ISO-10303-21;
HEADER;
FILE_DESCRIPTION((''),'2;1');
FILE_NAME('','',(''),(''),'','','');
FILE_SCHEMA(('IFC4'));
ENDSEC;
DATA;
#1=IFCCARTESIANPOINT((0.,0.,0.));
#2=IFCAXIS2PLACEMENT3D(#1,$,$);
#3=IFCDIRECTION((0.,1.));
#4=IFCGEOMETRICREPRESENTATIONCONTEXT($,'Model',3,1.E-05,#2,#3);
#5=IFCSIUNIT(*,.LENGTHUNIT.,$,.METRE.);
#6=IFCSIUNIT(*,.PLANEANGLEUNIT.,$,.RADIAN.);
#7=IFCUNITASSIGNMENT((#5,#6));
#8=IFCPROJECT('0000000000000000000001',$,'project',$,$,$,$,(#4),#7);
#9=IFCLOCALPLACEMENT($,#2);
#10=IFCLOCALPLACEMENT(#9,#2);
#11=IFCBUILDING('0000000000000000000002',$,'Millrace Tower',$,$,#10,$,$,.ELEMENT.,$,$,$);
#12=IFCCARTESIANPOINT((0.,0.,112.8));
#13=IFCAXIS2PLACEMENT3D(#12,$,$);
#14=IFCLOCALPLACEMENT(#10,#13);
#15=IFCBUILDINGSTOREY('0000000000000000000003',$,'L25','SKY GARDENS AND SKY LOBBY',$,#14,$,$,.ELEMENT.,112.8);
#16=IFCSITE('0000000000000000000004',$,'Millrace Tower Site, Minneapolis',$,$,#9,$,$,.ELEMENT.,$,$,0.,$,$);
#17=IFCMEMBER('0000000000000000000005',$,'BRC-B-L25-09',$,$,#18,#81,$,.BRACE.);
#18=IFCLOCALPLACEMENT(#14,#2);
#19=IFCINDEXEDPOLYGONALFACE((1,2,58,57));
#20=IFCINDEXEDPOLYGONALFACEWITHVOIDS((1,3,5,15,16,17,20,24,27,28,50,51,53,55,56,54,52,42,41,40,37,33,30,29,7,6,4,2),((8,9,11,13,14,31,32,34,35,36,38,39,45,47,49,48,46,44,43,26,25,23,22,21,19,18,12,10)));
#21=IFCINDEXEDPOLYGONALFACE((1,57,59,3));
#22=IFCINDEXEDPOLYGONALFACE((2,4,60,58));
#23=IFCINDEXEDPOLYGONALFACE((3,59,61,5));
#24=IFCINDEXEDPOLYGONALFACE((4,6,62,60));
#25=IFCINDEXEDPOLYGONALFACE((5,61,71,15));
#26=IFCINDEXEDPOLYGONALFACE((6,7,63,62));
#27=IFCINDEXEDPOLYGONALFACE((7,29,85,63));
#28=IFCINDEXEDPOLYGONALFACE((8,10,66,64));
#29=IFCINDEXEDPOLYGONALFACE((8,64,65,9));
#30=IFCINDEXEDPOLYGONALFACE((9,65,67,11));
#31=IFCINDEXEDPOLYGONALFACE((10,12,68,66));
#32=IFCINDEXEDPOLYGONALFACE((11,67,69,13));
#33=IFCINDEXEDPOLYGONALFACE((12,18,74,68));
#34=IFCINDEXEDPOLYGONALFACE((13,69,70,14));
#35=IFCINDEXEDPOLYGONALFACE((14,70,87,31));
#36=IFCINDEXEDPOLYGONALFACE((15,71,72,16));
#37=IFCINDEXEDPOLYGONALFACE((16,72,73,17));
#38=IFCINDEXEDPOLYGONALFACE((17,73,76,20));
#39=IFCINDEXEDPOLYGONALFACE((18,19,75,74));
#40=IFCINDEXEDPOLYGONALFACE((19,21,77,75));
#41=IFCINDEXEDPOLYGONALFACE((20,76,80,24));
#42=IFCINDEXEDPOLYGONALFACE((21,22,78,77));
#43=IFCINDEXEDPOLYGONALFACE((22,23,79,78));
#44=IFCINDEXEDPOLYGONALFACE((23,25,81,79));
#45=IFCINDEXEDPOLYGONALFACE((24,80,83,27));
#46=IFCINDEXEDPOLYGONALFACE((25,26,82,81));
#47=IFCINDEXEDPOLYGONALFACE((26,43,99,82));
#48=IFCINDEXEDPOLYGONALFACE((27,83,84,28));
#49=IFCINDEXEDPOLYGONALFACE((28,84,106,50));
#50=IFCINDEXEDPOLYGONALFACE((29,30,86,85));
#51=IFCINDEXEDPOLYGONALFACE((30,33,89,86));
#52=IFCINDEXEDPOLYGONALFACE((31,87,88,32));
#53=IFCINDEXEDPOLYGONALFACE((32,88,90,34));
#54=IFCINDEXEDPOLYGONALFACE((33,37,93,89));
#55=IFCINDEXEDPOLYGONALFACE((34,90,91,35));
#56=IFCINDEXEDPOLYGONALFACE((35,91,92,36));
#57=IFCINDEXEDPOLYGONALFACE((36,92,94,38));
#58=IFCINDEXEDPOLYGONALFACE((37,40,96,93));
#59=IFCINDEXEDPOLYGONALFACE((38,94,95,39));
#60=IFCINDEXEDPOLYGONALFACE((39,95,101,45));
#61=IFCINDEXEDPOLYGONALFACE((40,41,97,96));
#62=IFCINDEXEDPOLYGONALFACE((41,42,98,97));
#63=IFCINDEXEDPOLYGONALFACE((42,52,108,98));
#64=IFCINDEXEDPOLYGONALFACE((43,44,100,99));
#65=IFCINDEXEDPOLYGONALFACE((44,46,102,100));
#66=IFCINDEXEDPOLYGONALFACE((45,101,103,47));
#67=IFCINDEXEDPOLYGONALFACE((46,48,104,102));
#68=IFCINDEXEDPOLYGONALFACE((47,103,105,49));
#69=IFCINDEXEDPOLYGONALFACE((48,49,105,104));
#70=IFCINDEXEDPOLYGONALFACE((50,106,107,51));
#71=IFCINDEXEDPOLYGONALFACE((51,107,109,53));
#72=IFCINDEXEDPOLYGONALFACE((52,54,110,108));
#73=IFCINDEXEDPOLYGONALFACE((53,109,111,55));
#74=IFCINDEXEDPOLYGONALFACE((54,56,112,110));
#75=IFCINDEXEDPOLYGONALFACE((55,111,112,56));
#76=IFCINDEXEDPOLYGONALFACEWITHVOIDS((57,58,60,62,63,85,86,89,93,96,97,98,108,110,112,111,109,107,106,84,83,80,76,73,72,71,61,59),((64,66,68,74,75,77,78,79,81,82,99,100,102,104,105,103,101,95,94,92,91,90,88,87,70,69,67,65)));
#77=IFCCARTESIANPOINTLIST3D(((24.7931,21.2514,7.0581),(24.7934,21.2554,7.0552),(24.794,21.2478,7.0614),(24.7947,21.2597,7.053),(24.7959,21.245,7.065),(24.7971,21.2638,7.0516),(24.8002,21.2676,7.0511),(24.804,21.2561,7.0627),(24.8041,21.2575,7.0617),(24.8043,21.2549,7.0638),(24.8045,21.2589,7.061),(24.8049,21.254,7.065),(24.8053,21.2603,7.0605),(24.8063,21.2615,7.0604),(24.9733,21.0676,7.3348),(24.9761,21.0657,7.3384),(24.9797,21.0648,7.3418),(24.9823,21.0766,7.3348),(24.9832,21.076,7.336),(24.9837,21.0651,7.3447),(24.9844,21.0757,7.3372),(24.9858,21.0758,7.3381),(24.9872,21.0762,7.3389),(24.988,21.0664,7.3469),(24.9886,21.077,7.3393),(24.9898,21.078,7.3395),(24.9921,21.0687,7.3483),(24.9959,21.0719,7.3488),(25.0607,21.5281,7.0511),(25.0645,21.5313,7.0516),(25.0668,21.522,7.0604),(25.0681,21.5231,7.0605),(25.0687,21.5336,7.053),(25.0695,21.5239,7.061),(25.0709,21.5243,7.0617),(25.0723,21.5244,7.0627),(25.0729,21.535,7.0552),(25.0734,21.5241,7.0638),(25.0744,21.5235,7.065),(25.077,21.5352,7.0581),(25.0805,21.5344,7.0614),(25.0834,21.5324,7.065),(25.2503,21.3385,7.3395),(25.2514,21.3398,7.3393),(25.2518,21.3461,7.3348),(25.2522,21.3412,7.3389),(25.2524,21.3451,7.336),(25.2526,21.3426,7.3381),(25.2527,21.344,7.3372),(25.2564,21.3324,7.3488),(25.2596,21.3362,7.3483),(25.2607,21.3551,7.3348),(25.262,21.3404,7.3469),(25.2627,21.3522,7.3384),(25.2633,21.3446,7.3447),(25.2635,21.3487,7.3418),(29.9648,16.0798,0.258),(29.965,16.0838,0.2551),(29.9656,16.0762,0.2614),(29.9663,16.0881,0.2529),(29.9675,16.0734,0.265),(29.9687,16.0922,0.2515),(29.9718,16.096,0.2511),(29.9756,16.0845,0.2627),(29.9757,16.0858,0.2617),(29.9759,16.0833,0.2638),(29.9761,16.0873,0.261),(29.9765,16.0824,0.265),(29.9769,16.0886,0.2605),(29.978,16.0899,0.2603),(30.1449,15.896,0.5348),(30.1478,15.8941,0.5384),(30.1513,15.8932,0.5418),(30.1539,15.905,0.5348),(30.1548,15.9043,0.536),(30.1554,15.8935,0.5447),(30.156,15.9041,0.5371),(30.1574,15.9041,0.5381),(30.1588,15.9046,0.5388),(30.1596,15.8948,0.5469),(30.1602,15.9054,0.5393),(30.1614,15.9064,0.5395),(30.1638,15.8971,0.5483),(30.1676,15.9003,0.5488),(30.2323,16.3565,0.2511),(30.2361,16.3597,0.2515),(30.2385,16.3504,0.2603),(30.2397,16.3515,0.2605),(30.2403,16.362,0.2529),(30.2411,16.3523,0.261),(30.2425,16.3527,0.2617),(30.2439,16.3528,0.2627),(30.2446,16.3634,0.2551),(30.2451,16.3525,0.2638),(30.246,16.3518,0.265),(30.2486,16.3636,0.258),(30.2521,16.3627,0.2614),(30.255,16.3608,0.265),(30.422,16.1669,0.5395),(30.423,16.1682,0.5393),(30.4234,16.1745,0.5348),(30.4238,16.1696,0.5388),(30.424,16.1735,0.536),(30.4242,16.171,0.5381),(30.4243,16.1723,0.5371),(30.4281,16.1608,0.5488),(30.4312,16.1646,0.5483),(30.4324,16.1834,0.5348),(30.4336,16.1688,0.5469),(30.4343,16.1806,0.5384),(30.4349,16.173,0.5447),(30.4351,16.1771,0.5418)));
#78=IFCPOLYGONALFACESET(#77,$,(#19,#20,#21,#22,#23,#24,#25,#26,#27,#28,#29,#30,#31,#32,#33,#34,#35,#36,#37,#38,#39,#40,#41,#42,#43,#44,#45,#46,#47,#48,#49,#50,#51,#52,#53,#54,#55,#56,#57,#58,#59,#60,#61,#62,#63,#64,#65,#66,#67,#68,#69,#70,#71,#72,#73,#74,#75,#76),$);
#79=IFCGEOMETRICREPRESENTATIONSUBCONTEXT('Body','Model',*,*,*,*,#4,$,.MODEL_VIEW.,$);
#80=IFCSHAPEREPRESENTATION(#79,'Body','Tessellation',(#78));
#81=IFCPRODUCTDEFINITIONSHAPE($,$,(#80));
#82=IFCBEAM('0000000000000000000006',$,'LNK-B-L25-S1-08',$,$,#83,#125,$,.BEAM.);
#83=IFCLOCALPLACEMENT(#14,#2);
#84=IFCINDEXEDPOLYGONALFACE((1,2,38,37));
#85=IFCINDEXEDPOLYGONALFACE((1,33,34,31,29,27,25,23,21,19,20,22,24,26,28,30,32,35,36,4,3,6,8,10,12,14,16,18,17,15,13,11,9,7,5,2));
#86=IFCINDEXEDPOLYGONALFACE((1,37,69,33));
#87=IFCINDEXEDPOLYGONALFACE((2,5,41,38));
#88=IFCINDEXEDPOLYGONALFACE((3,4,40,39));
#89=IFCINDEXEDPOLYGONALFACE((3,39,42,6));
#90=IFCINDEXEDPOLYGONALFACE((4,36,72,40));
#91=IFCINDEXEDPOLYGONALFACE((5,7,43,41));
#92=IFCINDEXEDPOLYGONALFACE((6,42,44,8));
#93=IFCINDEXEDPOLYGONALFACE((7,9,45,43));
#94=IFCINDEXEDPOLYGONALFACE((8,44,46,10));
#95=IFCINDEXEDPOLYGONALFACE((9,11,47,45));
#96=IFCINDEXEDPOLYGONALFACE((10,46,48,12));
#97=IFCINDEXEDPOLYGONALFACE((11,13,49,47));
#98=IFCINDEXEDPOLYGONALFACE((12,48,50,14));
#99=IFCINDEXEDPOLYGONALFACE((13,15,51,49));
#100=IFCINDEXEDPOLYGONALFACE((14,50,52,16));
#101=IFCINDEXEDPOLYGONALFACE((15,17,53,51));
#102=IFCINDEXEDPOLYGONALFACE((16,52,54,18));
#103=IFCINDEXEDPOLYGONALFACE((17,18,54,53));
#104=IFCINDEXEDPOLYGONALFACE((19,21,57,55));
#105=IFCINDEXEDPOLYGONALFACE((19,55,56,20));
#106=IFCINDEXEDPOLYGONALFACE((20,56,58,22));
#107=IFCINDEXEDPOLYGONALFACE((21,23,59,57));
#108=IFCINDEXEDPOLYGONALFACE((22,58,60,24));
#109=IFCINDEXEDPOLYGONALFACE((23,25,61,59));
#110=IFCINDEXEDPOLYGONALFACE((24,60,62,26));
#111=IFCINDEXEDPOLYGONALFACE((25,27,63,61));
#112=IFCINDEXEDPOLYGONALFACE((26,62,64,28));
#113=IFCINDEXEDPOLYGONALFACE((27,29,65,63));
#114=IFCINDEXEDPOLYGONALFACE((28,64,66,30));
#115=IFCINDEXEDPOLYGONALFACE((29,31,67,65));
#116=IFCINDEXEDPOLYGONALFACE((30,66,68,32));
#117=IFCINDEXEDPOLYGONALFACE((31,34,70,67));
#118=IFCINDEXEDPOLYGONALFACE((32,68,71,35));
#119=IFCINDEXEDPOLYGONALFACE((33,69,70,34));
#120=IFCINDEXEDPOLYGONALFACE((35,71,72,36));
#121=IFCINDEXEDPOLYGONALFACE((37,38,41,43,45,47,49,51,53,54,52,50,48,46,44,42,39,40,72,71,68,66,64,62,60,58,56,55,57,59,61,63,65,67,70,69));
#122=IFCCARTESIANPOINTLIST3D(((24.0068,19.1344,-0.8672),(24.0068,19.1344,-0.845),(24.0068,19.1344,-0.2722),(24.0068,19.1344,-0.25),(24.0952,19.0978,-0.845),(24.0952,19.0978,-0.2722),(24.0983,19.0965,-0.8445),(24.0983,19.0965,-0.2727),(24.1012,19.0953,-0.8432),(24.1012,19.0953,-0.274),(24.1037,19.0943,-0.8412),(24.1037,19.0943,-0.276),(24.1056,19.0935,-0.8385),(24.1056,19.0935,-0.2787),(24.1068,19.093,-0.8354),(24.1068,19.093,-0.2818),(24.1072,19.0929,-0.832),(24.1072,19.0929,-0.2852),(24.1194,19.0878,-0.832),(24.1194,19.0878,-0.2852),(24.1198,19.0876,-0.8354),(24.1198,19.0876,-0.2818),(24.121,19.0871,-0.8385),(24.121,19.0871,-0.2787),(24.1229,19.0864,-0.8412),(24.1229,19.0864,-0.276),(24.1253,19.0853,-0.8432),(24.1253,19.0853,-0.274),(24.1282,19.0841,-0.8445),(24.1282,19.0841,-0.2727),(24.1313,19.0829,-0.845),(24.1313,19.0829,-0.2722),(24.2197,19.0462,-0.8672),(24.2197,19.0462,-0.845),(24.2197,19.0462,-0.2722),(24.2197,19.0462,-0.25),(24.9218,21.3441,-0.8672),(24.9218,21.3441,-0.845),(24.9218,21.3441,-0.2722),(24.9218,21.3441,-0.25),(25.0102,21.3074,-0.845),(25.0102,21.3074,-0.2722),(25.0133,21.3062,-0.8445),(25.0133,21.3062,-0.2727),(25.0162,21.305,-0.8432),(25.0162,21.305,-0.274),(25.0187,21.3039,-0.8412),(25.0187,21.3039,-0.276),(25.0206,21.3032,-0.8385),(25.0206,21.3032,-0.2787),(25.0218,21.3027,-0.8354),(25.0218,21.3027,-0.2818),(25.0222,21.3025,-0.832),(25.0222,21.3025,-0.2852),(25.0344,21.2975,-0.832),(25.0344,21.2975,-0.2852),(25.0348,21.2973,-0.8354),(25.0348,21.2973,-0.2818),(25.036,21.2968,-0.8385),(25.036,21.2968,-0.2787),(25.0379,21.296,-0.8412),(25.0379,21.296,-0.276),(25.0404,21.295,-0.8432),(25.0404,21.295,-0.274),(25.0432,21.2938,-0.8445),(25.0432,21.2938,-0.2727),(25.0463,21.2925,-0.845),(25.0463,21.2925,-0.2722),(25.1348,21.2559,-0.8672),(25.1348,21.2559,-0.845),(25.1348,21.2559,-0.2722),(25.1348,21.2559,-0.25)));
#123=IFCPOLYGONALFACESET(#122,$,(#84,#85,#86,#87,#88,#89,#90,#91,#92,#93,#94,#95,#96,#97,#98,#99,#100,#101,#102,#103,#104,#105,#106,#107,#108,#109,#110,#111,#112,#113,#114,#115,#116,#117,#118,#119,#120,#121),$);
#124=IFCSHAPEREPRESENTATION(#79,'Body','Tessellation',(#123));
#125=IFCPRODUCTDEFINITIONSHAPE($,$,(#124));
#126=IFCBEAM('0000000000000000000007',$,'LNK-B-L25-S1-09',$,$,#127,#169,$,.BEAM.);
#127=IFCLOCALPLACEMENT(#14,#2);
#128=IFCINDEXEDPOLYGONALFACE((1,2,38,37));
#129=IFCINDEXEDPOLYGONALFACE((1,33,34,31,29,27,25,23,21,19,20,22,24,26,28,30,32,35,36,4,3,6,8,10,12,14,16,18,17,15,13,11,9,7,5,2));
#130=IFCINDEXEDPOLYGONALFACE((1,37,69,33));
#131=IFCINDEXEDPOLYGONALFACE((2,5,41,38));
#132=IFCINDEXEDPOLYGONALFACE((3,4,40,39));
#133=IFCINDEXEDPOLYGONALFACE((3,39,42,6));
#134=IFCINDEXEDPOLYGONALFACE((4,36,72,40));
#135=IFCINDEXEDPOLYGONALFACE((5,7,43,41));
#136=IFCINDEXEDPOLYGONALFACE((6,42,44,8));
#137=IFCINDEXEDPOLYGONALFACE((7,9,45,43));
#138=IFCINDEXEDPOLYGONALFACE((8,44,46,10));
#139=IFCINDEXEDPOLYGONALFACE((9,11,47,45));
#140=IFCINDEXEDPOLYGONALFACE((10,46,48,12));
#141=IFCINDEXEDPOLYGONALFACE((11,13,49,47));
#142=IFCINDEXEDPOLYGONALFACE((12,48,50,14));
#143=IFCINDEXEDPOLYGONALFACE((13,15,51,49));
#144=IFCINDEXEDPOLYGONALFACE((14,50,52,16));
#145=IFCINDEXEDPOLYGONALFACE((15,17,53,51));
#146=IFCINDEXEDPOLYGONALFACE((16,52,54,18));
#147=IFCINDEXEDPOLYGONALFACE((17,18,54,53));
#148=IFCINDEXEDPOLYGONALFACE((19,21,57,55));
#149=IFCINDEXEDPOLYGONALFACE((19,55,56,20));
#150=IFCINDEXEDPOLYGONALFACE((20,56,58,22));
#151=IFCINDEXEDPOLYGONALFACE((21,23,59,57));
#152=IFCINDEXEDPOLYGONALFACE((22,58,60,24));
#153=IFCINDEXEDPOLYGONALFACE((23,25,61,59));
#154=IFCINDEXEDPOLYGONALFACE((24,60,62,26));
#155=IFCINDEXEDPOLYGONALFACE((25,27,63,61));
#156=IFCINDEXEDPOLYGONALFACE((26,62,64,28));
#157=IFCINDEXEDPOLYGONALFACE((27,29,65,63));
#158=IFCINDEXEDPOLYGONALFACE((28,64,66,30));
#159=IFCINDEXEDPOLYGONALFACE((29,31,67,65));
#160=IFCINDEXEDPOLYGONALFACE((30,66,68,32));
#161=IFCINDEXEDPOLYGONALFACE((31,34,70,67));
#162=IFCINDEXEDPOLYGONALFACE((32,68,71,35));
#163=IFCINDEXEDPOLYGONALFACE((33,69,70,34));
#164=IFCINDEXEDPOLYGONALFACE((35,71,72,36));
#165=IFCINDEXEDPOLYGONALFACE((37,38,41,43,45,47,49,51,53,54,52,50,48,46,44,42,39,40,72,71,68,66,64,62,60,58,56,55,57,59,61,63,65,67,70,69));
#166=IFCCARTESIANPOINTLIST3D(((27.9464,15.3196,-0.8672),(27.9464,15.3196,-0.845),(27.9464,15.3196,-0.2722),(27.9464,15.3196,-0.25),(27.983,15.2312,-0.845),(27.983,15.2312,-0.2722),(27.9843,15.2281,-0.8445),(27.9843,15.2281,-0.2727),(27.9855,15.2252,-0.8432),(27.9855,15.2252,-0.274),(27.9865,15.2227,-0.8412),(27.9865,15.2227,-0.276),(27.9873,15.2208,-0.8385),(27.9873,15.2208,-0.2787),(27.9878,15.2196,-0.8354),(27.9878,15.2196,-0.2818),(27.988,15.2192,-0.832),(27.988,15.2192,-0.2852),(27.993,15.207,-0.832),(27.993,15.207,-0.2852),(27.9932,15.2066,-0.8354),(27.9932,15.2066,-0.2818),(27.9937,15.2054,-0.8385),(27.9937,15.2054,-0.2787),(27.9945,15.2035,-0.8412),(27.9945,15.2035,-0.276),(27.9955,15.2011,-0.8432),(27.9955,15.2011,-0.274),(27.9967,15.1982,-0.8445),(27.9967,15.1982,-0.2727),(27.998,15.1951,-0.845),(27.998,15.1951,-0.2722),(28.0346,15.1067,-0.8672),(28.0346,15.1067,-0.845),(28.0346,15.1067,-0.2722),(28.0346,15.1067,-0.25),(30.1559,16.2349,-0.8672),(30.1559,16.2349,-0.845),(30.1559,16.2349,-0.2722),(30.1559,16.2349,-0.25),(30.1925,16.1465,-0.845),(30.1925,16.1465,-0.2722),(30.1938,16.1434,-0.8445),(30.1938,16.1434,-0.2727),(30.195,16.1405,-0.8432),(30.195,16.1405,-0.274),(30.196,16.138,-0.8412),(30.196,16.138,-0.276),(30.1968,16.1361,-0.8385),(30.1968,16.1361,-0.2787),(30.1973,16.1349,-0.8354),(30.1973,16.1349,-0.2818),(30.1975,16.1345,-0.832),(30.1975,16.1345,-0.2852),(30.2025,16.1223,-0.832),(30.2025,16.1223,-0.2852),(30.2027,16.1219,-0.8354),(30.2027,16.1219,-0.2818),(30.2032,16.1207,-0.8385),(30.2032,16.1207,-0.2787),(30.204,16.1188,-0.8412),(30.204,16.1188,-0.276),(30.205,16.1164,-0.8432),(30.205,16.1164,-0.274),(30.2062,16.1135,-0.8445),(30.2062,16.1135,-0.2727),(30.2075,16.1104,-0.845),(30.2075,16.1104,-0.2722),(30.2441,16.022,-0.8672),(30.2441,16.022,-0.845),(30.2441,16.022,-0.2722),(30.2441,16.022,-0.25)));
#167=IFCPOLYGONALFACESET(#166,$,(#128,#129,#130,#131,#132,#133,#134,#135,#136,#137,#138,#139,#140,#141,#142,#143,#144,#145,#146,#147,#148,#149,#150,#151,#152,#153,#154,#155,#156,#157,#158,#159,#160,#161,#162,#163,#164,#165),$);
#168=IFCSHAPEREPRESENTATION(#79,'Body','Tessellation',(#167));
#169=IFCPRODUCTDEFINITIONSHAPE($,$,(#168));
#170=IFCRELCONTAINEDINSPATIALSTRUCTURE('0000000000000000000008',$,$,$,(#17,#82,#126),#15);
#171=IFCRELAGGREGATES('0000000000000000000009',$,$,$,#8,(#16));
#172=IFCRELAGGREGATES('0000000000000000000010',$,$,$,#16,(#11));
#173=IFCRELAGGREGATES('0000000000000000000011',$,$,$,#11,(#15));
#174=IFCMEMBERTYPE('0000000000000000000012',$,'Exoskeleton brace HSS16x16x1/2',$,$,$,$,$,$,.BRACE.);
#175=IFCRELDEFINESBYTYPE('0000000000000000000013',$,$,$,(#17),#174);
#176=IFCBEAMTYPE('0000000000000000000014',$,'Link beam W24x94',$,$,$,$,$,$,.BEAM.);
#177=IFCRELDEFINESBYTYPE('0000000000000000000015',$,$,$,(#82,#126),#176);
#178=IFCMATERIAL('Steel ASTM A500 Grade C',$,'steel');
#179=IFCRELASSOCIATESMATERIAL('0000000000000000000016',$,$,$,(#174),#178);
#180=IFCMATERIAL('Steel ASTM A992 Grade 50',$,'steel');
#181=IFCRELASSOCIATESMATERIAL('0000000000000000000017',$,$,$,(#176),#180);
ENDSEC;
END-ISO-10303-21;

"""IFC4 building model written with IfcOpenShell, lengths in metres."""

from ifc_helpers import new_model, si_unit, direction, frame, origin, origin_2d, place, context, subcontext, project, spatial, hollow_rectangle, i_section, extrude, material, material_profile, profile_set, type_object, element, save


model = new_model("IFC4")

# Units and contexts
model_context = context("Model", 3, precision=1e-05, world=origin(), true_north=direction((0.0, 1.0)))
body_context = subcontext(model_context, "Body", "Model", "MODEL_VIEW")
ifc_project = project(units=[si_unit("LENGTHUNIT", "METRE"), si_unit("PLANEANGLEUNIT", "RADIAN")], contexts=[model_context])

# Site, building, storey
site_placement = place(None, origin())
site = spatial("IfcSite", under=ifc_project, at=site_placement, Name="Millrace Tower Site, Minneapolis", CompositionType="ELEMENT", RefElevation=0.0)
building_placement = place(site_placement, origin())
building = spatial("IfcBuilding", under=site, at=building_placement, Name="Millrace Tower", CompositionType="ELEMENT")
storey_placement = place(building_placement, frame((0.0, 0.0, 112.8)))
storey = spatial("IfcBuildingStorey", under=building, at=storey_placement, Name="L25", Description="SKY GARDENS AND SKY LOBBY", CompositionType="ELEMENT", Elevation=112.8)

# Member
ifc_material_1 = material(Name="Steel ASTM A500 Grade C", Category="steel")
ifc_material_profile_1 = material_profile(ifc_material_1, hollow_rectangle(XDim=0.4065, YDim=0.4065, WallThickness=0.0127, InnerFilletRadius=0.0063, OuterFilletRadius=0.019, at=origin_2d()))
ifc_profile_set_1 = profile_set([ifc_material_profile_1], Name="Steel ASTM A500 Grade C")
member_type_1 = type_object("IfcMemberType", Name="Exoskeleton brace HSS16x16x1/2", PredefinedType="BRACE", material=ifc_profile_set_1)
member_1_placement = place(storey_placement, frame((30.2, 16.1284, 0.3999), z_axis=(-0.517857, 0.517857, 0.680917), x_axis=(-0.707107, -0.707107, 0.0)))
element("IfcMember", 1, at=member_1_placement, inside=storey, type_object=member_type_1, Name="BRC-B-L25-09", PredefinedType="BRACE", context=body_context, shape_type="SweptSolid", body=[
    extrude(hollow_rectangle(XDim=0.4065, YDim=0.4065, WallThickness=0.0127, InnerFilletRadius=0.0063, OuterFilletRadius=0.019, at=origin_2d()), origin(), (0.0, 0.0, 1.0), 9.9866),
])

# Beams
ifc_material_2 = material(Name="Steel ASTM A992 Grade 50", Category="steel")
ifc_material_profile_2 = material_profile(ifc_material_2, i_section(OverallWidth=0.2305, OverallDepth=0.6172, WebThickness=0.0132, FlangeThickness=0.0222, FilletRadius=0.0129, at=origin_2d()))
ifc_profile_set_2 = profile_set([ifc_material_profile_2], Name="Steel ASTM A992 Grade 50")
beam_type_1 = type_object("IfcBeamType", Name="Link beam W24x94", PredefinedType="BEAM", material=ifc_profile_set_2)
for number, where, z_axis, x_axis, name in (
    (2, (24.1133, 19.0903, -0.5586), (0.382592, 0.923917, 0.0), (-0.923917, 0.382592, 0.0), "LNK-B-L25-S1-08"),
    (3, (27.9905, 15.2131, -0.5586), (0.923866, 0.382715, 0.0), (-0.382715, 0.923866, 0.0), "LNK-B-L25-S1-09"),
):
    element("IfcBeam", number, at=place(storey_placement, frame(where, z_axis=z_axis, x_axis=x_axis)), inside=storey, type_object=beam_type_1, Name=name, PredefinedType="BEAM", context=body_context, shape_type="SweptSolid", body=[
        extrude(i_section(OverallWidth=0.2305, OverallDepth=0.6172, WebThickness=0.0132, FlangeThickness=0.0222, FilletRadius=0.0129, at=origin_2d()), origin(), (0.0, 0.0, 1.0), 2.3916),
    ])

save(model, "model.ifc")
